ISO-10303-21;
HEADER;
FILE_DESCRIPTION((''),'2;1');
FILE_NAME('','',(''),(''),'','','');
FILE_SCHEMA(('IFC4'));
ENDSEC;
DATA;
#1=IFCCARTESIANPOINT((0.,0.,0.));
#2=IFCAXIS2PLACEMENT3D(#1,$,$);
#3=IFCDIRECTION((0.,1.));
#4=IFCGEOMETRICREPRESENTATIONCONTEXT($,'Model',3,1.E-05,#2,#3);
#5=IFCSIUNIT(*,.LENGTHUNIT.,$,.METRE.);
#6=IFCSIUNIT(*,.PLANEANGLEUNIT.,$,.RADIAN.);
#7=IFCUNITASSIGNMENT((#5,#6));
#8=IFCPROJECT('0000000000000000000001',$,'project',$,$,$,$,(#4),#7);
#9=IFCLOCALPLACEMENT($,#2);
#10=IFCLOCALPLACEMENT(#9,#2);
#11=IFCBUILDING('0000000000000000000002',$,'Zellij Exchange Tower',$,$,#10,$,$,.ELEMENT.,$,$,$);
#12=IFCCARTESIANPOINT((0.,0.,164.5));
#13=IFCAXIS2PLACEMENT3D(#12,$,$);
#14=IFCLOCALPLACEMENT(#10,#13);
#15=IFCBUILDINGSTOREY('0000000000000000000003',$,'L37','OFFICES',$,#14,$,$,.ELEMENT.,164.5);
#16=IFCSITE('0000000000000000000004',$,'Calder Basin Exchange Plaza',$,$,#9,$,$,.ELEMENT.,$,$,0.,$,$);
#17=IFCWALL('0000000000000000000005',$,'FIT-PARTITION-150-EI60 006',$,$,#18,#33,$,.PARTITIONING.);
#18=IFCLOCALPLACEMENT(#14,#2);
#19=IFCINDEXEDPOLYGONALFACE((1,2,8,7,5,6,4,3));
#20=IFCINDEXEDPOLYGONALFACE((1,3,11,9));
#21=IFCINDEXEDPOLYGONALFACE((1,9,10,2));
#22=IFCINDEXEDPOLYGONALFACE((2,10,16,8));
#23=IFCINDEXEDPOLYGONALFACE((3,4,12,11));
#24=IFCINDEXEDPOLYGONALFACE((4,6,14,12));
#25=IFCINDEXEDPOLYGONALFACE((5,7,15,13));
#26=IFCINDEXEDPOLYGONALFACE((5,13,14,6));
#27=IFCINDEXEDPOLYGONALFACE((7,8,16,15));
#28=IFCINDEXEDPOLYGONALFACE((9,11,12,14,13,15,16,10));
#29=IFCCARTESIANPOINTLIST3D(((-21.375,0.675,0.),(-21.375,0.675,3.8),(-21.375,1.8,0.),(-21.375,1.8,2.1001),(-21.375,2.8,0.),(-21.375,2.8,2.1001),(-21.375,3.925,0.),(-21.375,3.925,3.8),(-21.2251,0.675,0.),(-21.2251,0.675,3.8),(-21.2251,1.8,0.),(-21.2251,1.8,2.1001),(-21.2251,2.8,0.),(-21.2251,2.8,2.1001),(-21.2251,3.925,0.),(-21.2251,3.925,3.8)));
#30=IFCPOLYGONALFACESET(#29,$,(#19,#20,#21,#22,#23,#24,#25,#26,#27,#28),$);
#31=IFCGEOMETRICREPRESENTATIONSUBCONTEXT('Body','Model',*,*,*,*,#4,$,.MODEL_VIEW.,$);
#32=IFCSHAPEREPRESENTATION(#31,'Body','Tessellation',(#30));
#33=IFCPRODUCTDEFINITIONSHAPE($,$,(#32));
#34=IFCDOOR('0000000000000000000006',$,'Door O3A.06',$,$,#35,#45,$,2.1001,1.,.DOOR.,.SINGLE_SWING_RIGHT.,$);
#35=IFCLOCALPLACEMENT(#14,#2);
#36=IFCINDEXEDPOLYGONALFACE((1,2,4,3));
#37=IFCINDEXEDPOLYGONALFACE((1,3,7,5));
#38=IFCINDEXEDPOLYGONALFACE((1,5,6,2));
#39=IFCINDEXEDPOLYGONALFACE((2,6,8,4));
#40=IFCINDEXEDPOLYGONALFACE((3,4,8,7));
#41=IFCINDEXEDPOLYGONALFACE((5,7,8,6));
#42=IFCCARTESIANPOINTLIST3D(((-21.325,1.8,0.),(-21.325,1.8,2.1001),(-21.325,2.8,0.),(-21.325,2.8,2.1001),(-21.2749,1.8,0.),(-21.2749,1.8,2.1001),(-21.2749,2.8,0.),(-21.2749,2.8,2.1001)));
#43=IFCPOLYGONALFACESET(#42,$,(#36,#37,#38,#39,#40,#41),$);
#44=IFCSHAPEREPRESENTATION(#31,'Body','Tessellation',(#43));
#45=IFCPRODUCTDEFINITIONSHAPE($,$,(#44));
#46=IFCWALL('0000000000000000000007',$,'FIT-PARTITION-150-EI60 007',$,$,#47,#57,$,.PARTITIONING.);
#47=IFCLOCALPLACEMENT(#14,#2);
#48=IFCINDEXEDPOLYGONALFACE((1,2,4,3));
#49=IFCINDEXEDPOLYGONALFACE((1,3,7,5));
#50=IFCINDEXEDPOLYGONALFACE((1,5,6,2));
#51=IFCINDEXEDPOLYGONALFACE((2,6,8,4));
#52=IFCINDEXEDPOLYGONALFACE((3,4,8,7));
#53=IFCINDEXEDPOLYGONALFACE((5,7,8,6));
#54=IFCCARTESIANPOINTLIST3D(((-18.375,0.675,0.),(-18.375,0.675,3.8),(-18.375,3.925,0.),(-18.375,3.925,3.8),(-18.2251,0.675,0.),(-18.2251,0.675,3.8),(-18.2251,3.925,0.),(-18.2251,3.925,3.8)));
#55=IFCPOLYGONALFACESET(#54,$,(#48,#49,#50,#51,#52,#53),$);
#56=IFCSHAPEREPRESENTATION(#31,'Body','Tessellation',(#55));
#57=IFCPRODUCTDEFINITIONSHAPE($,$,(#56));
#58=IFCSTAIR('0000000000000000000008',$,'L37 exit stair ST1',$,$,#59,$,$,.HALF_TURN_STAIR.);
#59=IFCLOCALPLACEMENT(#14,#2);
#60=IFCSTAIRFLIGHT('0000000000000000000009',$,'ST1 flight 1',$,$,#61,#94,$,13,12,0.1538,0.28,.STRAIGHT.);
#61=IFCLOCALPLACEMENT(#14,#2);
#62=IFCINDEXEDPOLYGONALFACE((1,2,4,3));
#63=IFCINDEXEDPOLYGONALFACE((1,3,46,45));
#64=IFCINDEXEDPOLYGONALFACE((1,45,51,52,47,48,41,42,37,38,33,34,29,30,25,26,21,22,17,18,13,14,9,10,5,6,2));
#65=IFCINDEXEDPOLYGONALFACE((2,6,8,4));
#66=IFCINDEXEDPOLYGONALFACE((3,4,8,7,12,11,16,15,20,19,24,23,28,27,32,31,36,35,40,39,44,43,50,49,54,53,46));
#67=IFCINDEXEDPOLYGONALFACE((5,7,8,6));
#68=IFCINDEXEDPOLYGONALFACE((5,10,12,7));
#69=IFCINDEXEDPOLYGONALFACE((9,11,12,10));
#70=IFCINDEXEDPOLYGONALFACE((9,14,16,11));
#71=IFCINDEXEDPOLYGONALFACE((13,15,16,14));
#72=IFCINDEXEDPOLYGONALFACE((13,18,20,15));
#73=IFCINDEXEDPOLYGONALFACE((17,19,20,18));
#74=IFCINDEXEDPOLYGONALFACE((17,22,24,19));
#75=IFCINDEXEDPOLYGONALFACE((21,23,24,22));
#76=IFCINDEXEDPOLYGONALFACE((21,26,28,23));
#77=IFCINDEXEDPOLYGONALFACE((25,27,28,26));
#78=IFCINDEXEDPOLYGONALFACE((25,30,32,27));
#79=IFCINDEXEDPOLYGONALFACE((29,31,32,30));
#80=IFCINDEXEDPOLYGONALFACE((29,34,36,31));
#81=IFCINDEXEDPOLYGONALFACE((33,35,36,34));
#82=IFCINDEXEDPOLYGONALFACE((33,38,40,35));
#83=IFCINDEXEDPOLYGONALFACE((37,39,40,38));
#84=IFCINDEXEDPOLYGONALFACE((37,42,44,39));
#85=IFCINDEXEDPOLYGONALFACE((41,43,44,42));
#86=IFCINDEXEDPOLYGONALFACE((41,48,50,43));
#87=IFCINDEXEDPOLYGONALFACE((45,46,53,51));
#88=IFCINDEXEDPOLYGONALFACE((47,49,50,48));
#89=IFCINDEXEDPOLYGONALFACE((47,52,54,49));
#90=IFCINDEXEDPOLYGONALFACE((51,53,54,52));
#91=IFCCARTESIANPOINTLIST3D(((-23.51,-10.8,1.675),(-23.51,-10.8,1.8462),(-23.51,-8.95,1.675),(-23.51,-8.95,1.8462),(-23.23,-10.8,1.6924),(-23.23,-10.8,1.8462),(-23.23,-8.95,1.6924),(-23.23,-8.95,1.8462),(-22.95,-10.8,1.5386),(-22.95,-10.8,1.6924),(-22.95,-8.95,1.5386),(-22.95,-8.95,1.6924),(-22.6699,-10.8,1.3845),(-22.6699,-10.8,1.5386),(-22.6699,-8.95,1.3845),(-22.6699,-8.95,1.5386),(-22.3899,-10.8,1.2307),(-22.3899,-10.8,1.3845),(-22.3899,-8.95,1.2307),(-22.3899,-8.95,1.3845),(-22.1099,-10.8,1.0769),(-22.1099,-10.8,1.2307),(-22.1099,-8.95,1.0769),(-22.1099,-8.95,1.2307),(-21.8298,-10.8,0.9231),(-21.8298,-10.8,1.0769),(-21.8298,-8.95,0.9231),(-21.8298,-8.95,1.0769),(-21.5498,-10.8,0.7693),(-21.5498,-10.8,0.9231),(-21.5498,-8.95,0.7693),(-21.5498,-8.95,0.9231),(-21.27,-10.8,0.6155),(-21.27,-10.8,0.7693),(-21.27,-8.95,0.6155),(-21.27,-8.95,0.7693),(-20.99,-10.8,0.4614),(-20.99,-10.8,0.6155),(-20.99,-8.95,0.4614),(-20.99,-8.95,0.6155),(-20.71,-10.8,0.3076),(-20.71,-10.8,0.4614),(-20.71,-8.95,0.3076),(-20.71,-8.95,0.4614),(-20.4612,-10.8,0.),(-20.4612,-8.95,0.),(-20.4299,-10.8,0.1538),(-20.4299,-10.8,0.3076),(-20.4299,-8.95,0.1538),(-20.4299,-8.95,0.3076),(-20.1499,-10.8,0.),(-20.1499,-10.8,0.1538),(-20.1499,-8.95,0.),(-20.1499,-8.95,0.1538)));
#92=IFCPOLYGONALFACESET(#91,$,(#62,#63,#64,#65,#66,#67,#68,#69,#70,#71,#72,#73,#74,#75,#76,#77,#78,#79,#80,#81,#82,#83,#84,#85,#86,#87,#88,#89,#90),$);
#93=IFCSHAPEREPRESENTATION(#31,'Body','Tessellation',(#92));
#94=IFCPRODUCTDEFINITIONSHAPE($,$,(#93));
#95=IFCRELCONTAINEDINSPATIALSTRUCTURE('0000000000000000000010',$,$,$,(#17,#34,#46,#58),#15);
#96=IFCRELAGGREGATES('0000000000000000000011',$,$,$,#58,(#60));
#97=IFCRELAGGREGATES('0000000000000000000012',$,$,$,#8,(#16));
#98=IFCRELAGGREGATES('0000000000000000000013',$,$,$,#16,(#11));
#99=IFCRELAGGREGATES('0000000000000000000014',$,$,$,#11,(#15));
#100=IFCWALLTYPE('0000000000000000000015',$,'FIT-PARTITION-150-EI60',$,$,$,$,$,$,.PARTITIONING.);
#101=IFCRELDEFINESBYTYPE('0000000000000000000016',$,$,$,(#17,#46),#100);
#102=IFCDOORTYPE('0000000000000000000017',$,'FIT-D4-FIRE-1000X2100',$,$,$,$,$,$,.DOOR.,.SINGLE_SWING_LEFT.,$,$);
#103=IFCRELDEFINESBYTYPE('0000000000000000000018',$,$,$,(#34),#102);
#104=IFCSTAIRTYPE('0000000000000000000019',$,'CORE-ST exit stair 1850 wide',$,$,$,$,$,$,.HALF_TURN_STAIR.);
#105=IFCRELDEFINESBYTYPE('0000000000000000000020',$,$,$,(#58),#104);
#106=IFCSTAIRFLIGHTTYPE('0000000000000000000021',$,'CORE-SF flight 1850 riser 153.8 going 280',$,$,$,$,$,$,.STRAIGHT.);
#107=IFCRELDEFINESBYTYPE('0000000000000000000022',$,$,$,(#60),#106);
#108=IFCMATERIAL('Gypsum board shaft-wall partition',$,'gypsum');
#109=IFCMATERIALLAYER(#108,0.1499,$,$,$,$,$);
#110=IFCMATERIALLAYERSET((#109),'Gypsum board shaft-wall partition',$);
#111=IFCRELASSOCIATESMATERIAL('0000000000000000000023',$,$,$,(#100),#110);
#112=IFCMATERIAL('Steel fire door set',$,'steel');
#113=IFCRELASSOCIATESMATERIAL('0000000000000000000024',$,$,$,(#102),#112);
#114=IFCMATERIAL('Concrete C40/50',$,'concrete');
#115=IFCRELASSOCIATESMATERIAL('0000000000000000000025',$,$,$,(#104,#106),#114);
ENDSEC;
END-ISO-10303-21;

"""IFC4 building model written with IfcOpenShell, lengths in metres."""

from ifc_helpers import new_model, si_unit, direction, frame, frame_2d, origin, place, context, subcontext, project, spatial, polyline, rectangle, outline, extrude, material, layer, layer_set, type_object, element, fill, aggregate, save


model = new_model("IFC4")

# Units and contexts
model_context = context("Model", 3, precision=1e-05, world=origin(), true_north=direction((0.0, 1.0)))
body_context = subcontext(model_context, "Body", "Model", "MODEL_VIEW")
ifc_project = project(units=[si_unit("LENGTHUNIT", "METRE"), si_unit("PLANEANGLEUNIT", "RADIAN")], contexts=[model_context])

# Site, building, storey
site_placement = place(None, origin())
site = spatial("IfcSite", under=ifc_project, at=site_placement, Name="Calder Basin Exchange Plaza", CompositionType="ELEMENT", RefElevation=0.0)
building_placement = place(site_placement, origin())
building = spatial("IfcBuilding", under=site, at=building_placement, Name="Zellij Exchange Tower", CompositionType="ELEMENT")
storey_placement = place(building_placement, frame((0.0, 0.0, 164.5)))
storey = spatial("IfcBuildingStorey", under=building, at=storey_placement, Name="L37", Description="OFFICES", CompositionType="ELEMENT", Elevation=164.5)

# Wall, opening, door
ifc_material_1 = material(Name="Gypsum board shaft-wall partition", Category="gypsum")
ifc_layer_1 = layer(ifc_material_1, 0.1499)
ifc_layer_set_1 = layer_set([ifc_layer_1], Name="Gypsum board shaft-wall partition")
wall_type_1 = type_object("IfcWallType", Name="FIT-PARTITION-150-EI60", PredefinedType="PARTITIONING", material=ifc_layer_set_1)
ifc_material_2 = material(Name="Steel fire door set", Category="steel")
door_type_1 = type_object("IfcDoorType", Name="FIT-D4-FIRE-1000X2100", OperationType="SINGLE_SWING_LEFT", PredefinedType="DOOR", material=ifc_material_2)
wall_1_placement = place(storey_placement, frame((-21.3, 0.675, 0.0), z_axis=(0.0, 0.0, 1.0), x_axis=(0.0, 1.0, 0.0)))
wall_1 = element("IfcWall", 1, at=wall_1_placement, inside=storey, type_object=wall_type_1, Name="FIT-PARTITION-150-EI60 006", PredefinedType="PARTITIONING", context=body_context, shape_type="SweptSolid", body=[
    extrude(rectangle(XDim=3.25, YDim=0.1499, at=frame_2d((1.625, 0.0))), origin(), (0.0, 0.0, 1.0), 3.8),
])
opening_1_placement = place(wall_1_placement, frame((1.125, 0.0, 0.0)))
opening_1 = element("IfcOpeningElement", 2, at=opening_1_placement, cuts=wall_1, PredefinedType="OPENING", context=body_context, shape_type="SweptSolid", body=[
    extrude(rectangle(XDim=1.0, YDim=2.1001, at=frame_2d((0.5, 1.05))), frame((0.0, 0.0869, 0.0), z_axis=(0.0, -1.0, 0.0), x_axis=(1.0, 0.0, 0.0)), (0.0, 0.0, 1.0), 0.1738),
])
door_1_placement = place(opening_1_placement, origin())
door_1 = element("IfcDoor", 3, at=door_1_placement, inside=storey, type_object=door_type_1, Name="Door O3A.06", OperationType="SINGLE_SWING_RIGHT", OverallHeight=2.1001, OverallWidth=1.0, PredefinedType="DOOR", context=body_context, shape_type="SweptSolid", body=[
    extrude(rectangle(XDim=1.0, YDim=2.1001, at=frame_2d((0.5, 1.05))), frame((0.0, 0.0249, 0.0), z_axis=(0.0, -1.0, 0.0), x_axis=(1.0, 0.0, 0.0)), (0.0, 0.0, 1.0), 0.05),
])
fill(opening_1, door_1)

# Wall
wall_2_placement = place(storey_placement, frame((-18.3, 0.675, 0.0), z_axis=(0.0, 0.0, 1.0), x_axis=(0.0, 1.0, 0.0)))
element("IfcWall", 4, at=wall_2_placement, inside=storey, type_object=wall_type_1, Name="FIT-PARTITION-150-EI60 007", PredefinedType="PARTITIONING", context=body_context, shape_type="SweptSolid", body=[
    extrude(rectangle(XDim=3.25, YDim=0.1499, at=frame_2d((1.625, 0.0))), origin(), (0.0, 0.0, 1.0), 3.8),
])

# Stair, stair flight
ifc_material_3 = material(Name="Concrete C40/50", Category="concrete")
stair_type = type_object("IfcStairType", Name="CORE-ST exit stair 1850 wide", PredefinedType="HALF_TURN_STAIR", material=ifc_material_3)
stair_placement = place(storey_placement, origin())
stair = element("IfcStair", 5, at=stair_placement, inside=storey, type_object=stair_type, Name="L37 exit stair ST1", PredefinedType="HALF_TURN_STAIR")
stair_flight_type = type_object("IfcStairFlightType", Name="CORE-SF flight 1850 riser 153.8 going 280", PredefinedType="STRAIGHT", material=ifc_material_3)
stair_flight_placement = place(storey_placement, frame((-20.1499, -9.875, 0.0), z_axis=(0.0, 0.0, 1.0), x_axis=(-1.0, 0.0, 0.0)))
stair_flight = element("IfcStairFlight", 6, at=stair_flight_placement, type_object=stair_flight_type, Name="ST1 flight 1", NumberOfRisers=13, NumberOfTreads=12, PredefinedType="STRAIGHT", RiserHeight=0.1538, TreadLength=0.28, context=body_context, shape_type="SweptSolid", body=[
    extrude(outline(polyline([(0.0, 0.0), (0.0, 0.1538), (0.28, 0.1538), (0.28, 0.3076), (0.5601, 0.3076), (0.5601, 0.4614), (0.8401, 0.4614), (0.8401, 0.6155), (1.1201, 0.6155), (1.1201, 0.7693), (1.3999, 0.7693), (1.3999, 0.9231), (1.6799, 0.9231), (1.6799, 1.0769), (1.96, 1.0769), (1.96, 1.2307), (2.24, 1.2307), (2.24, 1.3845), (2.52, 1.3845), (2.52, 1.5386), (2.8, 1.5386), (2.8, 1.6924), (3.0801, 1.6924), (3.0801, 1.8462), (3.3601, 1.8462), (3.3601, 2.0), (3.3601, 1.675), (0.3113, 0.0), (0.0, 0.0)])), frame((0.0, 0.925, 0.0), z_axis=(0.0, -1.0, 0.0), x_axis=(1.0, 0.0, 0.0)), (0.0, 0.0, 1.0), 1.8501),
])
aggregate(stair, [stair_flight])

save(model, "model.ifc")
